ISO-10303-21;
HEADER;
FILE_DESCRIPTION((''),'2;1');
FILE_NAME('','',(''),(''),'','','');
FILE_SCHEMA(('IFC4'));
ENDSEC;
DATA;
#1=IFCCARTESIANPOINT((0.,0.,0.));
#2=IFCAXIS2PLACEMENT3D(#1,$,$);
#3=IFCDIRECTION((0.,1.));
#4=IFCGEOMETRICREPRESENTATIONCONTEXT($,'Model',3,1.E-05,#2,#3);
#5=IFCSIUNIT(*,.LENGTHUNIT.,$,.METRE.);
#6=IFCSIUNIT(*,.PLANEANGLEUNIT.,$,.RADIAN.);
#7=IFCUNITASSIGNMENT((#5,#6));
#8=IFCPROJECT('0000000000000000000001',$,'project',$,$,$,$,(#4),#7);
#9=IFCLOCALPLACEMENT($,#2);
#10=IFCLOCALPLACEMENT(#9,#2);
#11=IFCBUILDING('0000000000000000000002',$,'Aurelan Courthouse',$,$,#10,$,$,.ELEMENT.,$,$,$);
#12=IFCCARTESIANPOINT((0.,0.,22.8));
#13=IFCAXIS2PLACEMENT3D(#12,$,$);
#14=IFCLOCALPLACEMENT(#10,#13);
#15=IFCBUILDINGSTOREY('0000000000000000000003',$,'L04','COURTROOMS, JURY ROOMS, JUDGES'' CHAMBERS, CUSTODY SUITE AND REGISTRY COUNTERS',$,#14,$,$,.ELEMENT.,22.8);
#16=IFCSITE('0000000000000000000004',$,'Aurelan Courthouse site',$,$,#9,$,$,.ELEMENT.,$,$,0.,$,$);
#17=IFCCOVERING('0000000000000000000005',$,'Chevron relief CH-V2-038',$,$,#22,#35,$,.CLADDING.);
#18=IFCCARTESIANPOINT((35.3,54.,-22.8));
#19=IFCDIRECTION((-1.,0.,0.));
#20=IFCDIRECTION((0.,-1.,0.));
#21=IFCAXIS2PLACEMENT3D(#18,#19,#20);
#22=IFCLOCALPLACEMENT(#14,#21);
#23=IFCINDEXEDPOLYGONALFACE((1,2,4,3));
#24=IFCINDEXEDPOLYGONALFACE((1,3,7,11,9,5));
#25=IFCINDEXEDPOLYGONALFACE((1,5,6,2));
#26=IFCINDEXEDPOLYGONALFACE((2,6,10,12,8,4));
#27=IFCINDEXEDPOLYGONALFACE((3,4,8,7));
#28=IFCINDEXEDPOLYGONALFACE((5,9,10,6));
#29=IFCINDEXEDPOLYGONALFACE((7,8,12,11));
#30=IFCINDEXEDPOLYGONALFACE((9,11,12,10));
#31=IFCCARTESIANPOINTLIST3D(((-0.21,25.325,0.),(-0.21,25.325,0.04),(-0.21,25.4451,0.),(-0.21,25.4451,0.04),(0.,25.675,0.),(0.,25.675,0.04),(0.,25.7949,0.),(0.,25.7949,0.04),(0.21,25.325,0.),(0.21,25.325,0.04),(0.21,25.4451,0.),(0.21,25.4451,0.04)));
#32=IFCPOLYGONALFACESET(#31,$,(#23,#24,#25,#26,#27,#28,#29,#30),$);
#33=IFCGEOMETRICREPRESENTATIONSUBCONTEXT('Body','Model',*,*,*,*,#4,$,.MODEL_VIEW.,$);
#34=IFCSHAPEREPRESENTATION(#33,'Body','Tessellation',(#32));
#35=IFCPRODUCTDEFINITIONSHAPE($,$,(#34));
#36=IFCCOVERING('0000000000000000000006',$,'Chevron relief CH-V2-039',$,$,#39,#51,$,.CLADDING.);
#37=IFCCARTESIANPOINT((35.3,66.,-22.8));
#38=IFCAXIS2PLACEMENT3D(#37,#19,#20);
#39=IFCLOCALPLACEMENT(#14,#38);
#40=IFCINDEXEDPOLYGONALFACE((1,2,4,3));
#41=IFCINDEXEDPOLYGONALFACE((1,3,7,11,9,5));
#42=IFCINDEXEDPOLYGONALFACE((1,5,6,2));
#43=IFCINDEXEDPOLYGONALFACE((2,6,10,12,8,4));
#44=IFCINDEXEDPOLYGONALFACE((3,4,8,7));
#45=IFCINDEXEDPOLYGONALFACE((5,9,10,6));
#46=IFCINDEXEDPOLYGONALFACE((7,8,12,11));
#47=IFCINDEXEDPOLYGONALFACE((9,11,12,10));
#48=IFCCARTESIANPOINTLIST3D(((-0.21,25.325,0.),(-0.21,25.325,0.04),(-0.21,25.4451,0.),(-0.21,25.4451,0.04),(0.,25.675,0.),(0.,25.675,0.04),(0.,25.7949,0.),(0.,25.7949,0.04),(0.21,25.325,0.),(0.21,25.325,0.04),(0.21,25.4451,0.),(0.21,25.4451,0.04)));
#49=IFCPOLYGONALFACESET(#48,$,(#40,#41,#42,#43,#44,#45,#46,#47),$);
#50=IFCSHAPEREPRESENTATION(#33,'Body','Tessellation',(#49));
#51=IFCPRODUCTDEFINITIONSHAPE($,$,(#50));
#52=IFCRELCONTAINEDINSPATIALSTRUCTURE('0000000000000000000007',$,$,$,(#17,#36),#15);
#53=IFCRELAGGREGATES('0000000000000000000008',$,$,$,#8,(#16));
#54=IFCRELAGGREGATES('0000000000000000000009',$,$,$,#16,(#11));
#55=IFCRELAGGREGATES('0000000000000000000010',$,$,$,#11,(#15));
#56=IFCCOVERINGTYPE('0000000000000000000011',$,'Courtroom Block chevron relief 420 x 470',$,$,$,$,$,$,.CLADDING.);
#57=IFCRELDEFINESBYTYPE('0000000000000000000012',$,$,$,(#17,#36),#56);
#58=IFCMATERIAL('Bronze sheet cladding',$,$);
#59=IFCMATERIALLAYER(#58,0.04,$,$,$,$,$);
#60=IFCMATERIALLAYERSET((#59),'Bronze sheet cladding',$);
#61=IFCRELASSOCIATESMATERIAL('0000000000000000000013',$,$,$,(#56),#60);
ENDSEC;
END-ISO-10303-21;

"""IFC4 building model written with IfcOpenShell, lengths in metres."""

from ifc_helpers import new_model, si_unit, direction, frame, origin, place, context, subcontext, project, spatial, polyline, outline, extrude, material, layer, layer_set, type_object, element, save


model = new_model("IFC4")

# Units and contexts
model_context = context("Model", 3, precision=1e-05, world=origin(), true_north=direction((0.0, 1.0)))
body_context = subcontext(model_context, "Body", "Model", "MODEL_VIEW")
ifc_project = project(units=[si_unit("LENGTHUNIT", "METRE"), si_unit("PLANEANGLEUNIT", "RADIAN")], contexts=[model_context])

# Site, building, storey
site_placement = place(None, origin())
site = spatial("IfcSite", under=ifc_project, at=site_placement, Name="Aurelan Courthouse site", CompositionType="ELEMENT", RefElevation=0.0)
building_placement = place(site_placement, origin())
building = spatial("IfcBuilding", under=site, at=building_placement, Name="Aurelan Courthouse", CompositionType="ELEMENT")
storey_placement = place(building_placement, frame((0.0, 0.0, 22.8)))
storey = spatial("IfcBuildingStorey", under=building, at=storey_placement, Name="L04", Description="COURTROOMS, JURY ROOMS, JUDGES' CHAMBERS, CUSTODY SUITE AND REGISTRY COUNTERS", CompositionType="ELEMENT", Elevation=22.8)

# Coverings
ifc_material_1 = material(Name="Bronze sheet cladding")
ifc_layer_1 = layer(ifc_material_1, 0.04)
ifc_layer_set_1 = layer_set([ifc_layer_1], Name="Bronze sheet cladding")
covering_type_1 = type_object("IfcCoveringType", Name="Courtroom Block chevron relief 420 x 470", PredefinedType="CLADDING", material=ifc_layer_set_1)
for number, where, z_axis, x_axis, name in (
    (1, (35.3, 54.0, -22.8), (-1.0, 0.0, 0.0), (0.0, -1.0, 0.0), "Chevron relief CH-V2-038"),
    (2, (35.3, 66.0, -22.8), (-1.0, 0.0, 0.0), (0.0, -1.0, 0.0), "Chevron relief CH-V2-039"),
):
    element("IfcCovering", number, at=place(storey_placement, frame(where, z_axis=z_axis, x_axis=x_axis)), inside=storey, type_object=covering_type_1, Name=name, PredefinedType="CLADDING", context=body_context, shape_type="SweptSolid", body=[
        extrude(outline(polyline([(-0.21, 25.325), (0.0, 25.675), (0.21, 25.325), (0.21, 25.4451), (0.0, 25.7949), (-0.21, 25.4451), (-0.21, 25.325)])), origin(), (0.0, 0.0, 1.0), 0.04),
    ])

save(model, "model.ifc")
